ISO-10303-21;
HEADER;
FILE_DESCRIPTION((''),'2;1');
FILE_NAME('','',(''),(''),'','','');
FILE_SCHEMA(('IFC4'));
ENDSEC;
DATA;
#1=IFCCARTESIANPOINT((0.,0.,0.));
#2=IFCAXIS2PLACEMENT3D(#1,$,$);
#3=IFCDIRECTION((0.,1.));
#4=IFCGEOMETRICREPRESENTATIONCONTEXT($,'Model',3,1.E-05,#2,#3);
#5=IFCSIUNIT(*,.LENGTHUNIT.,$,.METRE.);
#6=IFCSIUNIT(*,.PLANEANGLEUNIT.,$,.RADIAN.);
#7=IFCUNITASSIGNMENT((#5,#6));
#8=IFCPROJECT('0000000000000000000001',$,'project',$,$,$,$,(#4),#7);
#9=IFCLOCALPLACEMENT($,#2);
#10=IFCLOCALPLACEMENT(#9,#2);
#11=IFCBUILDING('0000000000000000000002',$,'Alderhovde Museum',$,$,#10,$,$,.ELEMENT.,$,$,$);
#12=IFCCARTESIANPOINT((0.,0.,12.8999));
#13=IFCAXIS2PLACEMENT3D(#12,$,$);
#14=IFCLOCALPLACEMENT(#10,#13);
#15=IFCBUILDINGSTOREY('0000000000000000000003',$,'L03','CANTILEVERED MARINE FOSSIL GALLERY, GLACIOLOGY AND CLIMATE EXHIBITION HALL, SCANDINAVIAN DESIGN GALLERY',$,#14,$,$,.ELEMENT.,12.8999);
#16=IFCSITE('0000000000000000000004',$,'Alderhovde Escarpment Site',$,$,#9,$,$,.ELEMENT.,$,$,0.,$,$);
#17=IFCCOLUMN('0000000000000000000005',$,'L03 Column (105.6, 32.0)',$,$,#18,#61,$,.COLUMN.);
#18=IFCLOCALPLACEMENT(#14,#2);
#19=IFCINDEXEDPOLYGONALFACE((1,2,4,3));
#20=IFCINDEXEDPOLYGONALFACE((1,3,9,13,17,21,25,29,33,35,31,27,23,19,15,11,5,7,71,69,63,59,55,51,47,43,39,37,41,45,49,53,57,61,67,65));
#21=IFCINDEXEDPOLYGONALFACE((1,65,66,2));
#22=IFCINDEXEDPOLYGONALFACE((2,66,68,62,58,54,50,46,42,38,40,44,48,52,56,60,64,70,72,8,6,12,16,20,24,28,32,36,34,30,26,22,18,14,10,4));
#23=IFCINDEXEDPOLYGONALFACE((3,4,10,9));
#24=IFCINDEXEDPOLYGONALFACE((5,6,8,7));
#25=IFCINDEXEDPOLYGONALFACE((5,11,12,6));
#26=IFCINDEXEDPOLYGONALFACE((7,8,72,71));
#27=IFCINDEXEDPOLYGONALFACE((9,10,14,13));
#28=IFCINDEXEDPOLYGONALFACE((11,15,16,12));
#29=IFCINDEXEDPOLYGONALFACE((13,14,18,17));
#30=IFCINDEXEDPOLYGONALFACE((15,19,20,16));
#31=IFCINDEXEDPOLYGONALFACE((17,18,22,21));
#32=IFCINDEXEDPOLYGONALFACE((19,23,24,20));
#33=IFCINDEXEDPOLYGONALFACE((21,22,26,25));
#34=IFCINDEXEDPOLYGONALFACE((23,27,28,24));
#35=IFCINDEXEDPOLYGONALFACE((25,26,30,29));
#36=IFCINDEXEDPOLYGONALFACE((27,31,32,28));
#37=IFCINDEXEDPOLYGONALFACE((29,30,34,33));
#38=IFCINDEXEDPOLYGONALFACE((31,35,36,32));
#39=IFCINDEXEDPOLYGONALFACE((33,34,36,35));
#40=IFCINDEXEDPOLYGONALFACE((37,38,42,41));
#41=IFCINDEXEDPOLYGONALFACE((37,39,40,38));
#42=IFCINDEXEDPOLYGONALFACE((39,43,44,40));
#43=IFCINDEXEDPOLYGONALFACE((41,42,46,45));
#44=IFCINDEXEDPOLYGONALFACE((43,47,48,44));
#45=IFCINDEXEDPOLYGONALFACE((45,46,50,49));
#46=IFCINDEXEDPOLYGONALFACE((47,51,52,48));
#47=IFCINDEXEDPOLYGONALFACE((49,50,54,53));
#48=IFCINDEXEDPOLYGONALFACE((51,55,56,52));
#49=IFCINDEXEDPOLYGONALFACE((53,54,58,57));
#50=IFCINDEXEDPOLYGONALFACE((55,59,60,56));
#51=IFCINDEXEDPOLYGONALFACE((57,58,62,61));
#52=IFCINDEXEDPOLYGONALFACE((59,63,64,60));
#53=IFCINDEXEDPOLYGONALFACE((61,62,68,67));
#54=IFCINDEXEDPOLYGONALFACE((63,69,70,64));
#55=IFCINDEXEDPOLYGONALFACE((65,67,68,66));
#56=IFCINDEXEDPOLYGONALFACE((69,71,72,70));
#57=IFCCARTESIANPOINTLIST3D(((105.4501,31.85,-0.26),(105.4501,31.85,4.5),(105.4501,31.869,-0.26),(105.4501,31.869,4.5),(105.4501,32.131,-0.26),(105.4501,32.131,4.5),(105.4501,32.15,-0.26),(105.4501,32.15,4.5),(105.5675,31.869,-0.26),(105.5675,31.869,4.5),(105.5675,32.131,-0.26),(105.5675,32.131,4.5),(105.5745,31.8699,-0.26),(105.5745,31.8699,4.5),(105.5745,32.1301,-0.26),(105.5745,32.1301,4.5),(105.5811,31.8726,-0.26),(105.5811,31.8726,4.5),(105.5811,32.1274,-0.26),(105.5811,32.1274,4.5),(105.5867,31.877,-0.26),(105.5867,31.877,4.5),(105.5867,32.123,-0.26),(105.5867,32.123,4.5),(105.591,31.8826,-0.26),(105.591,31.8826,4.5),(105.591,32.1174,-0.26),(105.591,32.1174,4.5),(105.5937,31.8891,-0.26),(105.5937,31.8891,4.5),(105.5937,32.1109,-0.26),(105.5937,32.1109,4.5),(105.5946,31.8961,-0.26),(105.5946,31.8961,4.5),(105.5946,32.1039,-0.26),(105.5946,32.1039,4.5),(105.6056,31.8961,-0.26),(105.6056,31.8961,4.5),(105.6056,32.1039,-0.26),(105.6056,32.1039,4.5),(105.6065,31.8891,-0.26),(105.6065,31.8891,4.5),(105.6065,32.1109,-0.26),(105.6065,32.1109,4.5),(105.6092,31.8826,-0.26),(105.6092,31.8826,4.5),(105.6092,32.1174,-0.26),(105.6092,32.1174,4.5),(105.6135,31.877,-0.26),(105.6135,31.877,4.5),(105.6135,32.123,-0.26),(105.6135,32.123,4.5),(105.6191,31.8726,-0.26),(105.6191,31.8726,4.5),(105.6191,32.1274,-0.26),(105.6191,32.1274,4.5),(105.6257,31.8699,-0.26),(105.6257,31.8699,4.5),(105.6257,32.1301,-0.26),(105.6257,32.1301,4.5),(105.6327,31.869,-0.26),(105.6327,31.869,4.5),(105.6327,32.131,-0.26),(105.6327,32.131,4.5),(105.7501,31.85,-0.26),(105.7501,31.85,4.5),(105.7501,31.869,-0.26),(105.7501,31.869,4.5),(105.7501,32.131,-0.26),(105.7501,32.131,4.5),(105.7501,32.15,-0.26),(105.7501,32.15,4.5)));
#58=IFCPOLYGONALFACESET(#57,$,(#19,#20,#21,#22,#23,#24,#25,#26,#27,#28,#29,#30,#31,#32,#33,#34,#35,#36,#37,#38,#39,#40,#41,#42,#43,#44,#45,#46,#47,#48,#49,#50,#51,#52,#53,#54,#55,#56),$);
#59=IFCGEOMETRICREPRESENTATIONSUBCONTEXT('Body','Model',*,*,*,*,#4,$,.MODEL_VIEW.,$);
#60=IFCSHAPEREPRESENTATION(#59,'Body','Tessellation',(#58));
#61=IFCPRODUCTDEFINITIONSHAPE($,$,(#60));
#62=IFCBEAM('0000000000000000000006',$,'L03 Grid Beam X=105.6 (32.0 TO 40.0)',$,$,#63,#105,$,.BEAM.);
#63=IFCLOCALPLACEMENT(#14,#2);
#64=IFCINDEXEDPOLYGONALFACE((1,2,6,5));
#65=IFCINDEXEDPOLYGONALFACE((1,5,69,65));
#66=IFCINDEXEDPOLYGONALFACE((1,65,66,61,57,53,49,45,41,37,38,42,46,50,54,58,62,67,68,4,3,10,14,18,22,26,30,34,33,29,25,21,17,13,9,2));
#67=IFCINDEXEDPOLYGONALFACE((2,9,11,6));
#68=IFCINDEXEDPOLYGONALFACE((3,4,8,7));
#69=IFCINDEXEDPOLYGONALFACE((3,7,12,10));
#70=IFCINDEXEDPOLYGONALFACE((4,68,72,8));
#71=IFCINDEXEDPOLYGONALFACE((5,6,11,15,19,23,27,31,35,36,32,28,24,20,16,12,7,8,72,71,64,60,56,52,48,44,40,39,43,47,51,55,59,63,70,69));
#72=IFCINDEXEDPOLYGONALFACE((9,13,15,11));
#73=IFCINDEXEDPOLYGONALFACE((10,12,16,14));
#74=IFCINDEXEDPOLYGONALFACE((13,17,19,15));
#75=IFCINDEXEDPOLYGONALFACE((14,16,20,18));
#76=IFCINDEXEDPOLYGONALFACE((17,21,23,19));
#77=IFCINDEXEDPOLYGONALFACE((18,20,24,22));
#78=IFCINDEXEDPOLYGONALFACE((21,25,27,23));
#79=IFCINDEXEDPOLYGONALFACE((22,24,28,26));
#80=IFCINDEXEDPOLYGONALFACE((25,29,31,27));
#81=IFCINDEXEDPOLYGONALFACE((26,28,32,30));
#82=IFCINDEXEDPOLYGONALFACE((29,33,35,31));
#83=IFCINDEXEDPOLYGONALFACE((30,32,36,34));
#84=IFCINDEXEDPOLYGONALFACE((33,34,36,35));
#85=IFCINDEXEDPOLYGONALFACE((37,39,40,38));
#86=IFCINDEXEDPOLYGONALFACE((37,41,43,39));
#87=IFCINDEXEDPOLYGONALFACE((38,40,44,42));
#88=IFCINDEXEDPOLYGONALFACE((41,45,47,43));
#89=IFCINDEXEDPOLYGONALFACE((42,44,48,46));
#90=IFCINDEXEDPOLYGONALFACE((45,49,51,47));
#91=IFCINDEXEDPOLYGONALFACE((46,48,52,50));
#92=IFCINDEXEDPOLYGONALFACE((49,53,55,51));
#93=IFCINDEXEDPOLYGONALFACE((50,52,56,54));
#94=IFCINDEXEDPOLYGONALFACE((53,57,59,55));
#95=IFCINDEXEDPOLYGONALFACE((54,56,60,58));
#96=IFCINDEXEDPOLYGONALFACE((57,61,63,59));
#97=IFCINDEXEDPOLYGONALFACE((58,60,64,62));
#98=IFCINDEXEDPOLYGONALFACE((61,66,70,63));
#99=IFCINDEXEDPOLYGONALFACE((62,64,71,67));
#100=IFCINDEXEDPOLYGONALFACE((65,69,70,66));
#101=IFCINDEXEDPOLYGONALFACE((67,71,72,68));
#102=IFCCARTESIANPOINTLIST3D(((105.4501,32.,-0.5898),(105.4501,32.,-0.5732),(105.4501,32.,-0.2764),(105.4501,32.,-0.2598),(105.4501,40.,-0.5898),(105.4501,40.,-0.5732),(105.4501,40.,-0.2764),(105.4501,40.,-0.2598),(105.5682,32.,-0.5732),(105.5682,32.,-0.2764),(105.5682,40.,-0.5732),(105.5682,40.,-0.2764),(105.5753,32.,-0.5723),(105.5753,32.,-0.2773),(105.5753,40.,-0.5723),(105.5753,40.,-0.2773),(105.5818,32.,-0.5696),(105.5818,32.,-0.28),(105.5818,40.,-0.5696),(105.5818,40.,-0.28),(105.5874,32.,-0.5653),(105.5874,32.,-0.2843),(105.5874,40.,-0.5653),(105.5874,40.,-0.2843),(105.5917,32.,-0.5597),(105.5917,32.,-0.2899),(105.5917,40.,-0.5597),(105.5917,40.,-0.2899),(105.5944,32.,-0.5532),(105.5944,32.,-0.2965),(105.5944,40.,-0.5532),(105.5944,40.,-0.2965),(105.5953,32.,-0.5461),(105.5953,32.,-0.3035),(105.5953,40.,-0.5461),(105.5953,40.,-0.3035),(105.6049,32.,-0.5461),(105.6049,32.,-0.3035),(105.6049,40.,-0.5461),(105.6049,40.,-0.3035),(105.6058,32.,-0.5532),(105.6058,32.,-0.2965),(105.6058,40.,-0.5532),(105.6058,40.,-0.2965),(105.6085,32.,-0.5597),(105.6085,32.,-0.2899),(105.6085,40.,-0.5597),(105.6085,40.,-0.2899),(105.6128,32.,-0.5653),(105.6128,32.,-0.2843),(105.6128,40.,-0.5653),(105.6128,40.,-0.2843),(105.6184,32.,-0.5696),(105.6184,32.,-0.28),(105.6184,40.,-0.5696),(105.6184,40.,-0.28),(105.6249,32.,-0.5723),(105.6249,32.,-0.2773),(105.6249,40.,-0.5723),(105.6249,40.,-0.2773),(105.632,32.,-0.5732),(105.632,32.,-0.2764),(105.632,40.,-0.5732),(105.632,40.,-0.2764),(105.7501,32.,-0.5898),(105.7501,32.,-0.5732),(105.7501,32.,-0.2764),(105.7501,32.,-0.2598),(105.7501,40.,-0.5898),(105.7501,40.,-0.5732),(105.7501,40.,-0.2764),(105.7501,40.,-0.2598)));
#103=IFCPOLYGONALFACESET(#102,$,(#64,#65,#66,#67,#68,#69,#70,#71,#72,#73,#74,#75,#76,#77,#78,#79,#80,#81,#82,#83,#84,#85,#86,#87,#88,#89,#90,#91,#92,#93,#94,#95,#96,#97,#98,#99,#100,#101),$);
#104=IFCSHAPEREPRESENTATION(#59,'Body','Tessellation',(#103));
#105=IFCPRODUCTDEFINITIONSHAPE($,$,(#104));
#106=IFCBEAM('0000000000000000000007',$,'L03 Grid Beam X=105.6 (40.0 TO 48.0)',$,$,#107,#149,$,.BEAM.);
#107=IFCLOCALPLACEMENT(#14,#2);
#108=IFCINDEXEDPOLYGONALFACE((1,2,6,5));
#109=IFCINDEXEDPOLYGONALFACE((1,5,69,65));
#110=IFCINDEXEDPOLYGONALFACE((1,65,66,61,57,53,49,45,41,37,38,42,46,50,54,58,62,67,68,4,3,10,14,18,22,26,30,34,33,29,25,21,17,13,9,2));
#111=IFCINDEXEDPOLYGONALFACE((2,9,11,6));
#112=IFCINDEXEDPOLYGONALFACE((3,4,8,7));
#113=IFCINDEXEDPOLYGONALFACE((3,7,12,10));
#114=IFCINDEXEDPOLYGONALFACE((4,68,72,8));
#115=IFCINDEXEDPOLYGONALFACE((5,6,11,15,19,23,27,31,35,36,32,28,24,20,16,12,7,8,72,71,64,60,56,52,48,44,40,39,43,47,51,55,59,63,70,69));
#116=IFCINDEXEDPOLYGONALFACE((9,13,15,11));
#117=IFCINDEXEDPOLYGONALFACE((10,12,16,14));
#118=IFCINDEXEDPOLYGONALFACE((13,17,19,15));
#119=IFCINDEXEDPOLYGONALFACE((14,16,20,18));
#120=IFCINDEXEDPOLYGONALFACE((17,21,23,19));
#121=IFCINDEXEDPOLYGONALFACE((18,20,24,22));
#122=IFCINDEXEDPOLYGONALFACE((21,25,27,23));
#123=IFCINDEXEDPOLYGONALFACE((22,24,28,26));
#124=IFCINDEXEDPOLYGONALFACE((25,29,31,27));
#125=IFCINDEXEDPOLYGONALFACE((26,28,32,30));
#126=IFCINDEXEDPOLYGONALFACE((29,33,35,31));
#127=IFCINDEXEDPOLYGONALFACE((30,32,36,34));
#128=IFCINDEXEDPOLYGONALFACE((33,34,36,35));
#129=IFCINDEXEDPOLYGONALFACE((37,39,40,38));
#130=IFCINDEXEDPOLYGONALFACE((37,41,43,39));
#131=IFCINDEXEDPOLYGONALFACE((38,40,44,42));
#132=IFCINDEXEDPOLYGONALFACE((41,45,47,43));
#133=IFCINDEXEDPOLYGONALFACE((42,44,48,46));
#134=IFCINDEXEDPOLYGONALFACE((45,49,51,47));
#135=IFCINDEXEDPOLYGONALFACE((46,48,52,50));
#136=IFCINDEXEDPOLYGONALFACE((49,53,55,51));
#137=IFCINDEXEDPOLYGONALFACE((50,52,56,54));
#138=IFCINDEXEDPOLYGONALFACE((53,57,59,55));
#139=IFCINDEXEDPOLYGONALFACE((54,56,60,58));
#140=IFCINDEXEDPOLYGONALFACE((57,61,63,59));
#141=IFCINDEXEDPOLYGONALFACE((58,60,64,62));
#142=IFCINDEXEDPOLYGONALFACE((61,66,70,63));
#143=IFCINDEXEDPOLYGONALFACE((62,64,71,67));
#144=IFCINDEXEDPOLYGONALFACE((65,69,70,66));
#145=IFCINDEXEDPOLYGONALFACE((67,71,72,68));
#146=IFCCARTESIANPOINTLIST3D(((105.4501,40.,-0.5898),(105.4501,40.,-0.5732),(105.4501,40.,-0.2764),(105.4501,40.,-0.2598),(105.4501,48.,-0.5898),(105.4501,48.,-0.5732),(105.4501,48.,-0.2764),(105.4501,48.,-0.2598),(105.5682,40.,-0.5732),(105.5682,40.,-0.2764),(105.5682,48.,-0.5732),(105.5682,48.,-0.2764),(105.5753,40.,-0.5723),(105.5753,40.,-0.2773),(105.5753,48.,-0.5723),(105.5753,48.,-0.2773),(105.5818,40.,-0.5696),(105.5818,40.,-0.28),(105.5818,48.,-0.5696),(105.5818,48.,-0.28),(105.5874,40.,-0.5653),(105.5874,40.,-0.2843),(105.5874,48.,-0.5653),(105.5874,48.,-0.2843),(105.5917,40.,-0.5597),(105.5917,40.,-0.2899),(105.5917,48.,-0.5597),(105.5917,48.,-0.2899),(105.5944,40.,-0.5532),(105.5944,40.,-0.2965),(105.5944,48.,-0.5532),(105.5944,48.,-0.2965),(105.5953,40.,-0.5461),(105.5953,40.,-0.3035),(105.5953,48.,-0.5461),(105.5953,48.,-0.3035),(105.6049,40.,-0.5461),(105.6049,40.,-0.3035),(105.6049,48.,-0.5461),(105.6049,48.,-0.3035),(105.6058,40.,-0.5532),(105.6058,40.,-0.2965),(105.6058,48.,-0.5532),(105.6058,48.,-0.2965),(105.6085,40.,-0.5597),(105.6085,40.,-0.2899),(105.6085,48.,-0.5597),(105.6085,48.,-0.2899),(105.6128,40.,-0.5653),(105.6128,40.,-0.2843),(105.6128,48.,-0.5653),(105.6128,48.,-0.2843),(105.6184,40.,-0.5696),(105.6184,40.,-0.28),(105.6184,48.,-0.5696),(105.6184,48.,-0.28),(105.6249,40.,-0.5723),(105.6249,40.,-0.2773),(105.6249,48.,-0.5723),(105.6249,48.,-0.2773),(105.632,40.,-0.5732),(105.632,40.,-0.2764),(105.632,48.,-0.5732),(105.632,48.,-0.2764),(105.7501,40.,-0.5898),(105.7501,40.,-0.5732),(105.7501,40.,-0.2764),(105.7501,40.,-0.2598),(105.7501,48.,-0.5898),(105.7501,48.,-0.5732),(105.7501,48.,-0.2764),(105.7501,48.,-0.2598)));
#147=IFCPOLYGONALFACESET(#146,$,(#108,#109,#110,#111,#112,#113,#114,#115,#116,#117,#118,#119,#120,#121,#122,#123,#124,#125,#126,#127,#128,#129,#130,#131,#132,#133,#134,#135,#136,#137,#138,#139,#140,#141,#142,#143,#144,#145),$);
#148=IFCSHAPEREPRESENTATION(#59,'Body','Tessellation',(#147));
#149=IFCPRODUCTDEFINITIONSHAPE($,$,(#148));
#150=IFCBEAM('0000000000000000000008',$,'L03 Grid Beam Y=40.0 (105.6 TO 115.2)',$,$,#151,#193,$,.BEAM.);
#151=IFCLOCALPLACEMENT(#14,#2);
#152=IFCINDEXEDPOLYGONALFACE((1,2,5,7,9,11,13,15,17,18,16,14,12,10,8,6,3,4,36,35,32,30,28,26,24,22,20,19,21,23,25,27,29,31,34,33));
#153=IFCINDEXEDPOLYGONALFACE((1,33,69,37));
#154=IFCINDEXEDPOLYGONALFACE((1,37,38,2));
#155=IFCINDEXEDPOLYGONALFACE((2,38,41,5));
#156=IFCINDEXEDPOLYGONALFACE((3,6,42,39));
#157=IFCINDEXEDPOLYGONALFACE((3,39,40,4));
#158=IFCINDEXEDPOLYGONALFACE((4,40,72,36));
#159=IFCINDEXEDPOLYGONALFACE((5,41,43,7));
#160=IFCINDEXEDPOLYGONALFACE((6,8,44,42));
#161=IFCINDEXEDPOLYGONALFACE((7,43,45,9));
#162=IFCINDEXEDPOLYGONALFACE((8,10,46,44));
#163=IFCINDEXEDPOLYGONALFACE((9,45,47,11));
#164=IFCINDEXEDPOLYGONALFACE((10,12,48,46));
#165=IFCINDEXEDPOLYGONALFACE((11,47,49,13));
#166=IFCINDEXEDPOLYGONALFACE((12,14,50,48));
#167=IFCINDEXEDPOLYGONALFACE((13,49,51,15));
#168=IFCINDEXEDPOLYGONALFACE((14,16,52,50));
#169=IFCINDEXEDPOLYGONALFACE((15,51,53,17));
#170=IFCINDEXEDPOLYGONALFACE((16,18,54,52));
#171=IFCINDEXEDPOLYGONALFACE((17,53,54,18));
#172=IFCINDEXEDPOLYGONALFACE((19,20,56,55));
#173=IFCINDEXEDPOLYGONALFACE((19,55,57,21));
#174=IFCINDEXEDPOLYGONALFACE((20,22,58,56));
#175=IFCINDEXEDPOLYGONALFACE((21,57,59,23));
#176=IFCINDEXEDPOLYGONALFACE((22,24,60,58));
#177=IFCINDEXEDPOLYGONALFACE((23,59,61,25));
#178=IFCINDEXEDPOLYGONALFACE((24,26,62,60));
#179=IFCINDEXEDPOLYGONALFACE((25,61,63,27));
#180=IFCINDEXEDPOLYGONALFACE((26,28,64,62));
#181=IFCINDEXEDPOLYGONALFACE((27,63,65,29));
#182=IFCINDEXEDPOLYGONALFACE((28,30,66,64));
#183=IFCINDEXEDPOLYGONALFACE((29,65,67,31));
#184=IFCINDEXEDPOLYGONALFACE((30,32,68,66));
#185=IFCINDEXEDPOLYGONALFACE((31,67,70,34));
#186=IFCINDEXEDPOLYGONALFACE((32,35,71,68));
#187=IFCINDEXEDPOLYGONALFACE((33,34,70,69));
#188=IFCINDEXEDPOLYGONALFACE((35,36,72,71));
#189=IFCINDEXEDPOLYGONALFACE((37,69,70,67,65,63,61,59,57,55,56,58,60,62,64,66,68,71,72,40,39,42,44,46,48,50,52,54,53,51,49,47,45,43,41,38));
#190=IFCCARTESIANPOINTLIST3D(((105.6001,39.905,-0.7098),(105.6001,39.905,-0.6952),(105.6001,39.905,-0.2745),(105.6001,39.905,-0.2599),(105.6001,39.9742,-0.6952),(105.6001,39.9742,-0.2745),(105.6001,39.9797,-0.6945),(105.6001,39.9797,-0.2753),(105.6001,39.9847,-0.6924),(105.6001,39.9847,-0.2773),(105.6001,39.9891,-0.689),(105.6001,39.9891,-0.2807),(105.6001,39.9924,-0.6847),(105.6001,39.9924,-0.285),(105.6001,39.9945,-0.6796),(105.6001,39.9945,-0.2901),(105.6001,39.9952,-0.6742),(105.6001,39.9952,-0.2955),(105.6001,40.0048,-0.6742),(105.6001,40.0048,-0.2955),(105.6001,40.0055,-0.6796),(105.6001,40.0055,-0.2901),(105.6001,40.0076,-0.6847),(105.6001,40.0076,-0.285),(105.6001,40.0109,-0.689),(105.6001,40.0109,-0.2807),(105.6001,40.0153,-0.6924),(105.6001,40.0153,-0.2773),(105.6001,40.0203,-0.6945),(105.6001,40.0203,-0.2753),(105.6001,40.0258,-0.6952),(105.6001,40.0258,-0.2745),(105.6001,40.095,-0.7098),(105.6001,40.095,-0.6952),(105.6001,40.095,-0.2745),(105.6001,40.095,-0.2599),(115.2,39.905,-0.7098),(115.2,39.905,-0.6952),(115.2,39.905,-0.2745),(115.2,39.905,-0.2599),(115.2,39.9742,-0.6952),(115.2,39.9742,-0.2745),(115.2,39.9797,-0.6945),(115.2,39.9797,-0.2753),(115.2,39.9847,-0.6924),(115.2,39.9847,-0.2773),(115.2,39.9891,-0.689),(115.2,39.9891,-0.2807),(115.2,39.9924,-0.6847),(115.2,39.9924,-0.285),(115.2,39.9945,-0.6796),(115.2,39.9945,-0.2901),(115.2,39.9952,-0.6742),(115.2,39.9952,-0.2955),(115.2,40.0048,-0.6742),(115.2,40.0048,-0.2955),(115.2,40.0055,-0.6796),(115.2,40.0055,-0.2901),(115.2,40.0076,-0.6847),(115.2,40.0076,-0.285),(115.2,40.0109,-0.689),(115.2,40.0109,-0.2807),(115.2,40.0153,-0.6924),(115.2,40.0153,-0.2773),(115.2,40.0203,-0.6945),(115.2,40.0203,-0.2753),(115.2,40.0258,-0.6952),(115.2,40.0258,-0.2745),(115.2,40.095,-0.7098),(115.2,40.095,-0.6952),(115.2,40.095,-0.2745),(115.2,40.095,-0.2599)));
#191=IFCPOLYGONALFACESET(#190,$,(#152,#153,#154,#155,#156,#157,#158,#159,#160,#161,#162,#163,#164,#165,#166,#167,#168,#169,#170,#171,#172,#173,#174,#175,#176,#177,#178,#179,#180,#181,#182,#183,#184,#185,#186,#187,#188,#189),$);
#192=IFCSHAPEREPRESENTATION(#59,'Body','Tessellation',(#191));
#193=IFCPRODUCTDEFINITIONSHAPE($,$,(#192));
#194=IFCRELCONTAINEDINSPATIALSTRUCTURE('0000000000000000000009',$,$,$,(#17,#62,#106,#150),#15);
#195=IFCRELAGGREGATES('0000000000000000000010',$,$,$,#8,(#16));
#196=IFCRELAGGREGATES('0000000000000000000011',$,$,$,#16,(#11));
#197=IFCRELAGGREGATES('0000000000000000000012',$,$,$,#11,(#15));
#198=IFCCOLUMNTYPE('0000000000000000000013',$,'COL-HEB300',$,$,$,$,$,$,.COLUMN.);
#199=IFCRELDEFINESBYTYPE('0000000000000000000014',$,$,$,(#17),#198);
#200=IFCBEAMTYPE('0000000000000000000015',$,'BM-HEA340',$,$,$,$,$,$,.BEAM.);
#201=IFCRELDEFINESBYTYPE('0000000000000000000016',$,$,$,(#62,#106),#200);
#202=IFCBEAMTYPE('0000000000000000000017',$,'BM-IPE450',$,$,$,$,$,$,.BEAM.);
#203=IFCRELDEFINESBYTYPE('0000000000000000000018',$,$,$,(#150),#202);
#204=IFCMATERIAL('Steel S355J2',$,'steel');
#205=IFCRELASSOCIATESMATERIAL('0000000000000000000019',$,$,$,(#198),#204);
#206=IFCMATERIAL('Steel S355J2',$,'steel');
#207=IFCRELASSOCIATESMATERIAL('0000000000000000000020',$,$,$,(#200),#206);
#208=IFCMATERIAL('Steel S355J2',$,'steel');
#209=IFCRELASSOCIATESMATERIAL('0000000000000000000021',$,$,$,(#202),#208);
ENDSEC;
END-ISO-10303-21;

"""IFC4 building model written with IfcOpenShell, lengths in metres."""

from ifc_helpers import new_model, si_unit, direction, frame, origin, origin_2d, place, context, subcontext, project, spatial, i_section, extrude, material, material_profile, profile_set, type_object, element, save


model = new_model("IFC4")

# Units and contexts
model_context = context("Model", 3, precision=1e-05, world=origin(), true_north=direction((0.0, 1.0)))
body_context = subcontext(model_context, "Body", "Model", "MODEL_VIEW")
ifc_project = project(units=[si_unit("LENGTHUNIT", "METRE"), si_unit("PLANEANGLEUNIT", "RADIAN")], contexts=[model_context])

# Site, building, storey
site_placement = place(None, origin())
site = spatial("IfcSite", under=ifc_project, at=site_placement, Name="Alderhovde Escarpment Site", CompositionType="ELEMENT", RefElevation=0.0)
building_placement = place(site_placement, origin())
building = spatial("IfcBuilding", under=site, at=building_placement, Name="Alderhovde Museum", CompositionType="ELEMENT")
storey_placement = place(building_placement, frame((0.0, 0.0, 12.8999)))
storey = spatial("IfcBuildingStorey", under=building, at=storey_placement, Name="L03", Description="CANTILEVERED MARINE FOSSIL GALLERY, GLACIOLOGY AND CLIMATE EXHIBITION HALL, SCANDINAVIAN DESIGN GALLERY", CompositionType="ELEMENT", Elevation=12.8999)

# Column
ifc_material_1 = material(Name="Steel S355J2", Category="steel")
ifc_material_profile_1 = material_profile(ifc_material_1, i_section(OverallWidth=0.3, OverallDepth=0.3, WebThickness=0.011, FlangeThickness=0.019, FilletRadius=0.0271, at=origin_2d()), Name="HEB 300")
ifc_profile_set_1 = profile_set([ifc_material_profile_1], Name="Steel S355J2")
column_type = type_object("IfcColumnType", Name="COL-HEB300", PredefinedType="COLUMN", material=ifc_profile_set_1)
column_placement = place(storey_placement, frame((105.6001, 32.0, -0.26), z_axis=(0.0, 0.0, 1.0), x_axis=(1.0, 0.0, 0.0)))
element("IfcColumn", 1, at=column_placement, inside=storey, type_object=column_type, Name="L03 Column (105.6, 32.0)", PredefinedType="COLUMN", context=body_context, shape_type="SweptSolid", body=[
    extrude(i_section(OverallWidth=0.3, OverallDepth=0.3, WebThickness=0.011, FlangeThickness=0.019, FilletRadius=0.0271, at=origin_2d()), origin(), (0.0, 0.0, 1.0), 4.76),
])

# Beams
ifc_material_2 = material(Name="Steel S355J2", Category="steel")
ifc_material_profile_2 = material_profile(ifc_material_2, i_section(OverallWidth=0.3, OverallDepth=0.3301, WebThickness=0.0095, FlangeThickness=0.0166, FilletRadius=0.0271, at=origin_2d()), Name="HEA 340")
ifc_profile_set_2 = profile_set([ifc_material_profile_2], Name="Steel S355J2")
beam_type_1 = type_object("IfcBeamType", Name="BM-HEA340", PredefinedType="BEAM", material=ifc_profile_set_2)
for number, where, z_axis, x_axis, name in (
    (2, (105.6001, 32.0, -0.4248), (0.0, 1.0, 0.0), (-1.0, 0.0, 0.0), "L03 Grid Beam X=105.6 (32.0 TO 40.0)"),
    (3, (105.6001, 40.0, -0.4248), (0.0, 1.0, 0.0), (-1.0, 0.0, 0.0), "L03 Grid Beam X=105.6 (40.0 TO 48.0)"),
):
    element("IfcBeam", number, at=place(storey_placement, frame(where, z_axis=z_axis, x_axis=x_axis)), inside=storey, type_object=beam_type_1, Name=name, PredefinedType="BEAM", context=body_context, shape_type="SweptSolid", body=[
        extrude(i_section(OverallWidth=0.3, OverallDepth=0.3301, WebThickness=0.0095, FlangeThickness=0.0166, FilletRadius=0.0271, at=origin_2d()), origin(), (0.0, 0.0, 1.0), 8.0),
    ])
ifc_material_3 = material(Name="Steel S355J2", Category="steel")
ifc_material_profile_3 = material_profile(ifc_material_3, i_section(OverallWidth=0.1899, OverallDepth=0.45, WebThickness=0.0095, FlangeThickness=0.0146, FilletRadius=0.021, at=origin_2d()), Name="IPE 450")
ifc_profile_set_3 = profile_set([ifc_material_profile_3], Name="Steel S355J2")
beam_type_2 = type_object("IfcBeamType", Name="BM-IPE450", PredefinedType="BEAM", material=ifc_profile_set_3)
beam_1_placement = place(storey_placement, frame((105.6001, 40.0, -0.4849), z_axis=(1.0, 0.0, 0.0), x_axis=(0.0, 1.0, 0.0)))
element("IfcBeam", 4, at=beam_1_placement, inside=storey, type_object=beam_type_2, Name="L03 Grid Beam Y=40.0 (105.6 TO 115.2)", PredefinedType="BEAM", context=body_context, shape_type="SweptSolid", body=[
    extrude(i_section(OverallWidth=0.1899, OverallDepth=0.45, WebThickness=0.0095, FlangeThickness=0.0146, FilletRadius=0.021, at=origin_2d()), origin(), (0.0, 0.0, 1.0), 9.5999),
])

save(model, "model.ifc")
